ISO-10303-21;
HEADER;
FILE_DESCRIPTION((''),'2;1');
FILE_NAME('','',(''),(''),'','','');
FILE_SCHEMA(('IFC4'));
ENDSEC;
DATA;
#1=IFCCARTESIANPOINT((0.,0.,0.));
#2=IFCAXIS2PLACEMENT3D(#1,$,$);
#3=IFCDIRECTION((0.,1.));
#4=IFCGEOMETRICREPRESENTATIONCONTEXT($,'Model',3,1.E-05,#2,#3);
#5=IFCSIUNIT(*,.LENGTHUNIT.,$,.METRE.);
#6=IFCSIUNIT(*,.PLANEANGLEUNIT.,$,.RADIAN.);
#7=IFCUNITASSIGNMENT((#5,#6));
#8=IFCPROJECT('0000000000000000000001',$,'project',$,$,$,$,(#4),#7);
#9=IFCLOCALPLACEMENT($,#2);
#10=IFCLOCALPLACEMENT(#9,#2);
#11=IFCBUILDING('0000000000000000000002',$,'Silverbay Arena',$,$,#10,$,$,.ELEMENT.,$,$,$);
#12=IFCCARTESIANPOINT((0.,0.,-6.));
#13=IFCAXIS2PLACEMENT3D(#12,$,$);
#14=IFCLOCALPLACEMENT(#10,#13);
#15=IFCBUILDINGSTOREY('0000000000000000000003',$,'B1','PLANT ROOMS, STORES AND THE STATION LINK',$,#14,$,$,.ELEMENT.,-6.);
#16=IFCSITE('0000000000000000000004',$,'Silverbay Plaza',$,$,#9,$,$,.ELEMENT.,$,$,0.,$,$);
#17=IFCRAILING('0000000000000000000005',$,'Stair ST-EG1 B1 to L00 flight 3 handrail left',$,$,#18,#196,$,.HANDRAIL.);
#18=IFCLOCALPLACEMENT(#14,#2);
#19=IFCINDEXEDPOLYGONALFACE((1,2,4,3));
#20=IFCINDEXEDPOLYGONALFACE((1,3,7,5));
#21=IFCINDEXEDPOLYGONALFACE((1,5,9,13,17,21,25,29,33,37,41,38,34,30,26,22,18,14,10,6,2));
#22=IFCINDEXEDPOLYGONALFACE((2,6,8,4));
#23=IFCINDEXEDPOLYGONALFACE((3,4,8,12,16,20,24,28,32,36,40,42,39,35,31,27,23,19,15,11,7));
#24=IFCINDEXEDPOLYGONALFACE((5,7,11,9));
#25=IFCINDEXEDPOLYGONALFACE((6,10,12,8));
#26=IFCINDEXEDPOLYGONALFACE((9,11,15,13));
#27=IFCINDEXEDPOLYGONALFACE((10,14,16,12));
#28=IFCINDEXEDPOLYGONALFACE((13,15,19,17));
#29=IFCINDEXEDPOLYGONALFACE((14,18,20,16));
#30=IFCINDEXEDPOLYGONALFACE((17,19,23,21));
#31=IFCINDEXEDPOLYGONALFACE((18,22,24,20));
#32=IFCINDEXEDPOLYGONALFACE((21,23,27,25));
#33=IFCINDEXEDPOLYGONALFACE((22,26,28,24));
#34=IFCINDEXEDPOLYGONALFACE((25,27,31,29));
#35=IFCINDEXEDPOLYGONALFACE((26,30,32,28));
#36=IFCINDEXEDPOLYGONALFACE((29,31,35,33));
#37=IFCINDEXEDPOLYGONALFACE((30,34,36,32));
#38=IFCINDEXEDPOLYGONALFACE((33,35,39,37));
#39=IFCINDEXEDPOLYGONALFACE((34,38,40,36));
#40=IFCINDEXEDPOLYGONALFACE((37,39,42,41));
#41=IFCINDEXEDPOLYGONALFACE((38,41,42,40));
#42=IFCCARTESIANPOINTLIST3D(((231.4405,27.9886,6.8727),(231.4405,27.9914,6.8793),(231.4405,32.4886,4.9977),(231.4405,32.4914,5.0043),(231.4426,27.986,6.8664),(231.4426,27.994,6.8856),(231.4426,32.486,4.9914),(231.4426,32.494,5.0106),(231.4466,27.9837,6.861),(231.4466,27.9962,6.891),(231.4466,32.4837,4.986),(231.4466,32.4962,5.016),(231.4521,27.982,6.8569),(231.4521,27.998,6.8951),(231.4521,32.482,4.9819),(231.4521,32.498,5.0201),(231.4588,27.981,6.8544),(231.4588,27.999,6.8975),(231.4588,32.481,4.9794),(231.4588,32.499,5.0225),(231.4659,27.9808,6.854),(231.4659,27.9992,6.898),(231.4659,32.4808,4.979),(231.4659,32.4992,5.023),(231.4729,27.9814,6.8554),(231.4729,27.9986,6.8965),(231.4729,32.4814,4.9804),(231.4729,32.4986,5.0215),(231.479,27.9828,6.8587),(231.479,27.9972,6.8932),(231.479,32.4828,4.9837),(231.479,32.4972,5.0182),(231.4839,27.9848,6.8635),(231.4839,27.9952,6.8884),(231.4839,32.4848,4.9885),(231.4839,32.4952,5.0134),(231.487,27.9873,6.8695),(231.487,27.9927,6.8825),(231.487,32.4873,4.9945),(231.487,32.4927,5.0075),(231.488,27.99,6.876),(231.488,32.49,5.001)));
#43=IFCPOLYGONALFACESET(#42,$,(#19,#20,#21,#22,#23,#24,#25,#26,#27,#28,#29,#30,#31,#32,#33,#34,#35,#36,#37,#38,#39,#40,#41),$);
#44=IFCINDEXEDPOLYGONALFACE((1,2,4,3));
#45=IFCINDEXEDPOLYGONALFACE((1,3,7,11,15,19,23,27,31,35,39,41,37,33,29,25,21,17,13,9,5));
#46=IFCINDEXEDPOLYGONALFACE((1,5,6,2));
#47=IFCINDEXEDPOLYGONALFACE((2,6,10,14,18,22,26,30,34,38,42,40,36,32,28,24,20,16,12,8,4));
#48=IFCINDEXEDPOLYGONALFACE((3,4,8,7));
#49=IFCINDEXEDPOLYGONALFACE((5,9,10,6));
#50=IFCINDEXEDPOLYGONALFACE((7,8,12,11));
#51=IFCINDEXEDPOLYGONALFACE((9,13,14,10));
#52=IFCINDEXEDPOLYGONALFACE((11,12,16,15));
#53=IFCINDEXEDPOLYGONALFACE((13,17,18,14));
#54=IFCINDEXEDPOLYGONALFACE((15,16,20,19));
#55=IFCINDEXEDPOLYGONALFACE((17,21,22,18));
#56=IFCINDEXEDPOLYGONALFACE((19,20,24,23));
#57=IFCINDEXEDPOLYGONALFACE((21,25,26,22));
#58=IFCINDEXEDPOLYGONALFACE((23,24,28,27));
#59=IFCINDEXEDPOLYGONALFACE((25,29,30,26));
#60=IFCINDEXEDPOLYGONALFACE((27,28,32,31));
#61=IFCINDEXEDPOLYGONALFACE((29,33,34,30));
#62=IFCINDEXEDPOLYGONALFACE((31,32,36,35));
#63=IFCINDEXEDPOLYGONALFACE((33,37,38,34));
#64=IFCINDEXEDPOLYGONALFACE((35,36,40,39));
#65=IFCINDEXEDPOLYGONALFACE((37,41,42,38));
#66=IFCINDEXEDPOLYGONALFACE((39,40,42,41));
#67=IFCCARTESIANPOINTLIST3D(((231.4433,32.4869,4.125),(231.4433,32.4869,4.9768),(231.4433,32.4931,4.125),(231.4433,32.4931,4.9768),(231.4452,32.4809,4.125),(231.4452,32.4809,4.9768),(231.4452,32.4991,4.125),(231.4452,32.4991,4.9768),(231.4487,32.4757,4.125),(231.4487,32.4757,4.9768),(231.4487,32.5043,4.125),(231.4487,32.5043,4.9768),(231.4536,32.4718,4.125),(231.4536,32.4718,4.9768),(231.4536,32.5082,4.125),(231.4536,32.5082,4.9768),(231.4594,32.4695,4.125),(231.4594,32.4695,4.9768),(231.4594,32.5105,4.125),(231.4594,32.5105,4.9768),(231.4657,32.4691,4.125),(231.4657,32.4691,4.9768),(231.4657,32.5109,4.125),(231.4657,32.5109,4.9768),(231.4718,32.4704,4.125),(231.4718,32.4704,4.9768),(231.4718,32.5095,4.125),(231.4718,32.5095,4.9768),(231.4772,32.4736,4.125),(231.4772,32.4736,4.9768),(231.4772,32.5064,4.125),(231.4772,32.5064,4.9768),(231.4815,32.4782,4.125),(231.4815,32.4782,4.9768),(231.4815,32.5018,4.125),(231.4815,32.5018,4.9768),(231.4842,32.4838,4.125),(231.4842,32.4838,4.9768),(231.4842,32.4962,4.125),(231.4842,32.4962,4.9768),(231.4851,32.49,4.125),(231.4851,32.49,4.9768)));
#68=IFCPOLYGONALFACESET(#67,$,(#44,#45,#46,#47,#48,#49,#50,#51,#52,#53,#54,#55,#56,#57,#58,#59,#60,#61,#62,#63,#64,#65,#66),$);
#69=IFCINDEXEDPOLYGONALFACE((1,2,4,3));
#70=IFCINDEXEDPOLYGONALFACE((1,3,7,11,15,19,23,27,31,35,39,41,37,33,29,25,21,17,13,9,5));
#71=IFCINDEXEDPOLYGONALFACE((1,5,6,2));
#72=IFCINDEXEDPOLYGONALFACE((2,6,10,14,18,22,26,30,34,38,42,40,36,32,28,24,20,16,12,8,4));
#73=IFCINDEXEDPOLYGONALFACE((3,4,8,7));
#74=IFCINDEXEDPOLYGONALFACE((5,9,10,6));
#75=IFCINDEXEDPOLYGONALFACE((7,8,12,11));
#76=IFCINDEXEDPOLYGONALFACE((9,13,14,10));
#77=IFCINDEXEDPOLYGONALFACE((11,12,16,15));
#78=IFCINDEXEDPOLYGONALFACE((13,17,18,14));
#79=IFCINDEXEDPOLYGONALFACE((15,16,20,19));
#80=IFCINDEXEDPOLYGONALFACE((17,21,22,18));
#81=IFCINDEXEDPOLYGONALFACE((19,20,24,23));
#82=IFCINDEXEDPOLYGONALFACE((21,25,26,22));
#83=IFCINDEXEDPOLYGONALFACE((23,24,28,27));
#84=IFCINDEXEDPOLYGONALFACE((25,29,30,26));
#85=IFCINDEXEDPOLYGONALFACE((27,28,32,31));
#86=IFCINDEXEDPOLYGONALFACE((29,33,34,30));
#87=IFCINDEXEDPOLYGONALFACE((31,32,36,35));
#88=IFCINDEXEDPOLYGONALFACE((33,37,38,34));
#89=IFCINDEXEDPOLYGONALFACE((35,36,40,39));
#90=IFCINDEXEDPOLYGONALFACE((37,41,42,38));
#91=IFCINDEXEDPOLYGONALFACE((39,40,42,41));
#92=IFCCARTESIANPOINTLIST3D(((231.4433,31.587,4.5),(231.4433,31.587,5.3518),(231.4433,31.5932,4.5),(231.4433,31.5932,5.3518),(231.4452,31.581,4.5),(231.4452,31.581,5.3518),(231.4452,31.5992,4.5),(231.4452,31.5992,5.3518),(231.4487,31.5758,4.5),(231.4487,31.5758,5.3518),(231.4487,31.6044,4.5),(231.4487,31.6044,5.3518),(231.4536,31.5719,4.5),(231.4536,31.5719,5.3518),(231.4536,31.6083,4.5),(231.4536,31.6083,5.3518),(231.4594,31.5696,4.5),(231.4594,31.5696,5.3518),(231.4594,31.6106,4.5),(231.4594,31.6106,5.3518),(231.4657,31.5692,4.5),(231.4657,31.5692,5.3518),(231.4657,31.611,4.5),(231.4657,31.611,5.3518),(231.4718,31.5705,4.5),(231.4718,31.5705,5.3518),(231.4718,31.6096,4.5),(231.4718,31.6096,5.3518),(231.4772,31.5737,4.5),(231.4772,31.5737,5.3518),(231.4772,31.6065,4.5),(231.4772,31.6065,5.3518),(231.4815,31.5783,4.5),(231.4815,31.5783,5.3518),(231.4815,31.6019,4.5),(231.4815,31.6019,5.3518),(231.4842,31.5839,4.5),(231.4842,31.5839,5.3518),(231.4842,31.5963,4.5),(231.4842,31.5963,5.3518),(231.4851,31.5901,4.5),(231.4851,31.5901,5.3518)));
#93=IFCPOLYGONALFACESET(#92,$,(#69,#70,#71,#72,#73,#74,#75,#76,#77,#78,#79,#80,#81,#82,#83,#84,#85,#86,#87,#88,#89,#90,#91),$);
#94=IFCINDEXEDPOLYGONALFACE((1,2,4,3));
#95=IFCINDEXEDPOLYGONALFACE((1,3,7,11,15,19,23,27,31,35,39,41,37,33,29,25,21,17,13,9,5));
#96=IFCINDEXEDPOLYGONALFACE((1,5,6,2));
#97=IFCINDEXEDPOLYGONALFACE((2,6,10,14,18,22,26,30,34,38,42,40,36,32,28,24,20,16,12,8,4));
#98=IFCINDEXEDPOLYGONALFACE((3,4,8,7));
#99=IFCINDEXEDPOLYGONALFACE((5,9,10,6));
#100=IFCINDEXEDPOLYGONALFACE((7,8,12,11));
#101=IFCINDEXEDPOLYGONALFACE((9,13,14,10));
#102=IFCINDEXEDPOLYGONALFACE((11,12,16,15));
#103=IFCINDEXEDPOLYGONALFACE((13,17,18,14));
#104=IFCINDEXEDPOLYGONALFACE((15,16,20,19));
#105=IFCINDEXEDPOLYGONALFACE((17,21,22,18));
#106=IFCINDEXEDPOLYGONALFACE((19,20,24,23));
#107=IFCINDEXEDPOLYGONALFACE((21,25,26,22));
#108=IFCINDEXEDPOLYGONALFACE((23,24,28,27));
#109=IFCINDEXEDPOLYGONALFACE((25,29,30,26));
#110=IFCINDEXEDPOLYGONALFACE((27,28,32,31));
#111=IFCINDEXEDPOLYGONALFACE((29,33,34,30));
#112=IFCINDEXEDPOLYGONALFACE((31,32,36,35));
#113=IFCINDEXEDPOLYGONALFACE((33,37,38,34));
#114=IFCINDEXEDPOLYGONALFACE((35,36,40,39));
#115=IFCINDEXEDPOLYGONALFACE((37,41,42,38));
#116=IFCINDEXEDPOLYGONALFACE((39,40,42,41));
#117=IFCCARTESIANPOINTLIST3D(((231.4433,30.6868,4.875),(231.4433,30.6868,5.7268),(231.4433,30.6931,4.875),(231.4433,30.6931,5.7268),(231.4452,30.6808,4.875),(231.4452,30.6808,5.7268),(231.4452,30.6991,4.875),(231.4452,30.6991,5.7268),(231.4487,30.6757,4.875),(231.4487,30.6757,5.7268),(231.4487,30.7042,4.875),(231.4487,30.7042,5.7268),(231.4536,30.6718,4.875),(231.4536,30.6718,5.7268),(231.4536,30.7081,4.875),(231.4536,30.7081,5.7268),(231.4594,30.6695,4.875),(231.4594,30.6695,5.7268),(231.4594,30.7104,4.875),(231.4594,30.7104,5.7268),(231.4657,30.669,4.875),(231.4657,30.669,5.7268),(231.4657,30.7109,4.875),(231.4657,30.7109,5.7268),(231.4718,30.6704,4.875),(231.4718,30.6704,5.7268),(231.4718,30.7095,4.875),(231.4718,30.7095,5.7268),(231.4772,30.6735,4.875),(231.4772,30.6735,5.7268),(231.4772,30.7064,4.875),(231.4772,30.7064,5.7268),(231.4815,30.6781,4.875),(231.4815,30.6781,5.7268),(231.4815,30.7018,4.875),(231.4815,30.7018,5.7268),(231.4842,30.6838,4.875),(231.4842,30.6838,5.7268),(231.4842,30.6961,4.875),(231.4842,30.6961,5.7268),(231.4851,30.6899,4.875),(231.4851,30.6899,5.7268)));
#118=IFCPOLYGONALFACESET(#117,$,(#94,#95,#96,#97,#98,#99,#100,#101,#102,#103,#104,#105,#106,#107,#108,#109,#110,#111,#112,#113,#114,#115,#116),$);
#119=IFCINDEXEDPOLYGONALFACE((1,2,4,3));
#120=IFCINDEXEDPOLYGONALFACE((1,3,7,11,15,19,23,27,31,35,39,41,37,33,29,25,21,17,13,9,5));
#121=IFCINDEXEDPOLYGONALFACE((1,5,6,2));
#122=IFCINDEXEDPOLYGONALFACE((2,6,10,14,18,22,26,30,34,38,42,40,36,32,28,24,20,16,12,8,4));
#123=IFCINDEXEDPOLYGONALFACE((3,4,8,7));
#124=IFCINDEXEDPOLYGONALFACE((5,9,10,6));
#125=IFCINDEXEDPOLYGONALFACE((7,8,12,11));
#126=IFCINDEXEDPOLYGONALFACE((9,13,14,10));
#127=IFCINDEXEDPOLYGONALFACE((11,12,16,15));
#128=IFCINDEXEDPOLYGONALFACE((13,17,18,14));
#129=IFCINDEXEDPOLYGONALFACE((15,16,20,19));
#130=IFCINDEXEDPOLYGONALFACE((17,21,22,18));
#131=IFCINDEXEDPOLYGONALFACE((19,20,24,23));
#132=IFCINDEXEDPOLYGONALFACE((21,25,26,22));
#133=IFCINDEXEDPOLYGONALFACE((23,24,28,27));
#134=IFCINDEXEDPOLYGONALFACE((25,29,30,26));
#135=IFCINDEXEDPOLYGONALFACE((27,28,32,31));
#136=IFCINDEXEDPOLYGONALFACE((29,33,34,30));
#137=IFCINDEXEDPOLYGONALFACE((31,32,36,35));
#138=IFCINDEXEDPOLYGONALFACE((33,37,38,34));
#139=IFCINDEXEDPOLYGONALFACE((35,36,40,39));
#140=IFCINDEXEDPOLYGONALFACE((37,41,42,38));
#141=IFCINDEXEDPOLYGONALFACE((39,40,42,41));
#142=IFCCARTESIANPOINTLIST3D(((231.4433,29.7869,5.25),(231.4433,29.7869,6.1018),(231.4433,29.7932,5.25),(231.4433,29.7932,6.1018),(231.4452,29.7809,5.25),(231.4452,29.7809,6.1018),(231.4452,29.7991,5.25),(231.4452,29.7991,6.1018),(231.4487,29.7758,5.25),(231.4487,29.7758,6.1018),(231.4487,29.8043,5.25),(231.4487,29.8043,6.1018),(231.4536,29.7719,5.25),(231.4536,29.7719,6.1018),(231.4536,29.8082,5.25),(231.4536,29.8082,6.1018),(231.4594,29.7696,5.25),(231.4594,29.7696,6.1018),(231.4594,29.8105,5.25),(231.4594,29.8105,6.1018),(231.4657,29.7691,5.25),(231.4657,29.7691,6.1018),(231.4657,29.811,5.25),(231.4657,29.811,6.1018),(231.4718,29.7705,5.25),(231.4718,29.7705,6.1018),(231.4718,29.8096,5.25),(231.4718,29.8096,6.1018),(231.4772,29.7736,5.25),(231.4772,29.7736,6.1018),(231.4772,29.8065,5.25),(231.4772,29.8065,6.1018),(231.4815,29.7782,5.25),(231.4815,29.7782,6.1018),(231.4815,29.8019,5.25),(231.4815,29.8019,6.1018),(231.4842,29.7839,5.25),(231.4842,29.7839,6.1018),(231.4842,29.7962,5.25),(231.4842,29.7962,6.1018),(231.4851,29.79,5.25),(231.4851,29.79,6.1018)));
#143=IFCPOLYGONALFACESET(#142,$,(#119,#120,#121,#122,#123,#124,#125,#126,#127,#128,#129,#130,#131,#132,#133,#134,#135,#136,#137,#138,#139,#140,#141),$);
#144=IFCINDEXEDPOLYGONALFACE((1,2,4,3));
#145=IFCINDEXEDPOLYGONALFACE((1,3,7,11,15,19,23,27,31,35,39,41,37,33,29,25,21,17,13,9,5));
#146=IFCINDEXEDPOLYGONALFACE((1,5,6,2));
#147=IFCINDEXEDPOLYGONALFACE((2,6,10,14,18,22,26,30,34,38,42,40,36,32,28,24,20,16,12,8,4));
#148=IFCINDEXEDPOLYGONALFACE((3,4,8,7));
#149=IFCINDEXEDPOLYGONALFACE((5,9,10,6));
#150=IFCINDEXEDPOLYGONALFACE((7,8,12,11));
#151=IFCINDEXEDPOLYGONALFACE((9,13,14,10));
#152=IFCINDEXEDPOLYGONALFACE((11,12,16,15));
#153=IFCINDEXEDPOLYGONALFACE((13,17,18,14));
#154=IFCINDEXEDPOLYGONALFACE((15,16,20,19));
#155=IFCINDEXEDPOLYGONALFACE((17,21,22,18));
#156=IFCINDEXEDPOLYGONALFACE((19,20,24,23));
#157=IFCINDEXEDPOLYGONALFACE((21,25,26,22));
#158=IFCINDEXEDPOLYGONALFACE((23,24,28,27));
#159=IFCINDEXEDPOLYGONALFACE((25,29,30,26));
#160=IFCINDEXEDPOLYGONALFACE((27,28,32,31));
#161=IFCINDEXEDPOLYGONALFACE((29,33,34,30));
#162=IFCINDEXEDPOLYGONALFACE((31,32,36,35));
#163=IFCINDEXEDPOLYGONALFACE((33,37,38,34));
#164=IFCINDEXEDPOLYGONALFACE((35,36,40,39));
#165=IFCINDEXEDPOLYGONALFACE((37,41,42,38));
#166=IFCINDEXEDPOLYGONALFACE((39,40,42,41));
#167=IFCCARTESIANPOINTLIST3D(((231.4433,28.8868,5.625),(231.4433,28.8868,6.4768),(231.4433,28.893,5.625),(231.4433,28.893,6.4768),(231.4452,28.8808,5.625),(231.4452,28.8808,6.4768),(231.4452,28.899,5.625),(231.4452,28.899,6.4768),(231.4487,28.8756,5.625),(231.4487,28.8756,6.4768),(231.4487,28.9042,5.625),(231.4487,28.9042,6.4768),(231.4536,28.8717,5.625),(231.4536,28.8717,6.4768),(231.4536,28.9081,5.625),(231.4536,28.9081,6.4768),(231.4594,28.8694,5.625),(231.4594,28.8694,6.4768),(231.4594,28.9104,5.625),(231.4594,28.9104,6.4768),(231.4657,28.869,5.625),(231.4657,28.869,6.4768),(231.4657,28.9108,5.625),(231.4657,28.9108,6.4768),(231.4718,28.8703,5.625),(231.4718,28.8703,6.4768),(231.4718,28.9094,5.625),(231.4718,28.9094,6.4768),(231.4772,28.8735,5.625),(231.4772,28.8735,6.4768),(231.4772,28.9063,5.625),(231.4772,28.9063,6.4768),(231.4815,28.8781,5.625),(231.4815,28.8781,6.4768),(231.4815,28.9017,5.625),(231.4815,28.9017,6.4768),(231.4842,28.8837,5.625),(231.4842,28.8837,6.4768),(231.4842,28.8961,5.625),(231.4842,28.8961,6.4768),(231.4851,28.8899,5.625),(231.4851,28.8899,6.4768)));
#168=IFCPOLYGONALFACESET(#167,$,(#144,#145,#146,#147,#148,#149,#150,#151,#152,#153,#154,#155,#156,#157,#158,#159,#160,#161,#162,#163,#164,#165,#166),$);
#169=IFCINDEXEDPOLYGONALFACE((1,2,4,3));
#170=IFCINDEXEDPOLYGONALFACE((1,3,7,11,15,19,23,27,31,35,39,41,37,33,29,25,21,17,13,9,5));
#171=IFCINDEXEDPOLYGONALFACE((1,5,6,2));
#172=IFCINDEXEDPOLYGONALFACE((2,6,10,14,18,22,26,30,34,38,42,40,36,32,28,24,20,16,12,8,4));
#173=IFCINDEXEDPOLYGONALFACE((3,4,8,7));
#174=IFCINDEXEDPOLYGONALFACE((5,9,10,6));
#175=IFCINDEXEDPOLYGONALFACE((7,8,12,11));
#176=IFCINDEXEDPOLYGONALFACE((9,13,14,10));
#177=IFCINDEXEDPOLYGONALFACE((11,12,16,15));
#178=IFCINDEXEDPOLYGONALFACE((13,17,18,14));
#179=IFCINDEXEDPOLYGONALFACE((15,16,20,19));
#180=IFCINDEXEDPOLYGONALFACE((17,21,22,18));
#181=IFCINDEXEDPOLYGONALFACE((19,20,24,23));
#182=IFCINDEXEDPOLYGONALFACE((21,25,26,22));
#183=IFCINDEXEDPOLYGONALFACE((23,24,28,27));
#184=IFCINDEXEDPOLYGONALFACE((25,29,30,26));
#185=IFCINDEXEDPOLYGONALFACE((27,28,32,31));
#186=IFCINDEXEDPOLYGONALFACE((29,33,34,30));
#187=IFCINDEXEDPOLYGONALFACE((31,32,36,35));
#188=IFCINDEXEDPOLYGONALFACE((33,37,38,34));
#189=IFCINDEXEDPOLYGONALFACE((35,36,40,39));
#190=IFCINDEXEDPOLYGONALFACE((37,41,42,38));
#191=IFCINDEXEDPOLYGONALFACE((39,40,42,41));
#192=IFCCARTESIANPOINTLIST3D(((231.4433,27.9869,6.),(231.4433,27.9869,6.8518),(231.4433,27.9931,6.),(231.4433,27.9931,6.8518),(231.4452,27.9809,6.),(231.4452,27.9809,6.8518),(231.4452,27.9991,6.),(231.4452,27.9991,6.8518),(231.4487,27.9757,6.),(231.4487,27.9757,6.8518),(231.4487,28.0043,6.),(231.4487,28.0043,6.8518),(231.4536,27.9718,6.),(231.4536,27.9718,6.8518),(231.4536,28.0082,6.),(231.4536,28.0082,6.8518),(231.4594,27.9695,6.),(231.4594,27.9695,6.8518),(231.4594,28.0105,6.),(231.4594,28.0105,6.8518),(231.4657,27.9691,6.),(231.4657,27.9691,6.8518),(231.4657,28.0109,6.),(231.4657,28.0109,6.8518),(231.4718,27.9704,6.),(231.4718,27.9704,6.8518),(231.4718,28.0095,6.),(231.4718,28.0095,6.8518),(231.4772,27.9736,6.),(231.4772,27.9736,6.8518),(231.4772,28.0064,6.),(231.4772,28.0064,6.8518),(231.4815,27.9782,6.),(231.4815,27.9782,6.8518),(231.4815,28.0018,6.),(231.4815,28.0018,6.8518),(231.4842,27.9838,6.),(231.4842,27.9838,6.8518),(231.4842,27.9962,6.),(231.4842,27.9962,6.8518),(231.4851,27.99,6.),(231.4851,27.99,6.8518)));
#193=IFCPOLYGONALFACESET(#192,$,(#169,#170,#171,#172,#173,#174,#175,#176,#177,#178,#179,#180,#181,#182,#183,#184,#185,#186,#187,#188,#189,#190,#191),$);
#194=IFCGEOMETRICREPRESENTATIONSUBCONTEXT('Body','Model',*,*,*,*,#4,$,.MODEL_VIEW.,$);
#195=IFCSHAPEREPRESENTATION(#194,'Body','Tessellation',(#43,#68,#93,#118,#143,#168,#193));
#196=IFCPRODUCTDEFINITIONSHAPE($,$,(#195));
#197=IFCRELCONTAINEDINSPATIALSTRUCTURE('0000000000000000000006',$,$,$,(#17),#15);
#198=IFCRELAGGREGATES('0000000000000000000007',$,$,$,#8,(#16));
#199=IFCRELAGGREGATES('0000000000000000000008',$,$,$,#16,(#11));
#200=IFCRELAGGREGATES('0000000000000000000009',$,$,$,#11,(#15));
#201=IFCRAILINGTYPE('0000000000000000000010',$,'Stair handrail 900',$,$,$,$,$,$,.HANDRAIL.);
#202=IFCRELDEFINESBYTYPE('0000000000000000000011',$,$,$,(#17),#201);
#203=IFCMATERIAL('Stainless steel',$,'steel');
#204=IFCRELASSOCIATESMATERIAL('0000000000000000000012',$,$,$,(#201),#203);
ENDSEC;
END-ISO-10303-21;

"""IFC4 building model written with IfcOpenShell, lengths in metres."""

from ifc_helpers import new_model, si_unit, direction, frame, origin, origin_2d, place, context, subcontext, project, spatial, circle, extrude, material, type_object, element, save


model = new_model("IFC4")

# Units and contexts
model_context = context("Model", 3, precision=1e-05, world=origin(), true_north=direction((0.0, 1.0)))
body_context = subcontext(model_context, "Body", "Model", "MODEL_VIEW")
ifc_project = project(units=[si_unit("LENGTHUNIT", "METRE"), si_unit("PLANEANGLEUNIT", "RADIAN")], contexts=[model_context])

# Site, building, storey
site_placement = place(None, origin())
site = spatial("IfcSite", under=ifc_project, at=site_placement, Name="Silverbay Plaza", CompositionType="ELEMENT", RefElevation=0.0)
building_placement = place(site_placement, origin())
building = spatial("IfcBuilding", under=site, at=building_placement, Name="Silverbay Arena", CompositionType="ELEMENT")
storey_placement = place(building_placement, frame((0.0, 0.0, -6.0)))
storey = spatial("IfcBuildingStorey", under=building, at=storey_placement, Name="B1", Description="PLANT ROOMS, STORES AND THE STATION LINK", CompositionType="ELEMENT", Elevation=-6.0)

# Railing
ifc_material_1 = material(Name="Stainless steel", Category="steel")
railing_type_1 = type_object("IfcRailingType", Name="Stair handrail 900", PredefinedType="HANDRAIL", material=ifc_material_1)
railing_1_placement = place(storey_placement, frame((231.4641, 32.49, 4.125)))
element("IfcRailing", 1, at=railing_1_placement, inside=storey, type_object=railing_type_1, Name="Stair ST-EG1 B1 to L00 flight 3 handrail left", PredefinedType="HANDRAIL", context=body_context, shape_type="SweptSolid", body=[
    extrude(circle(Radius=0.0239, at=origin_2d()), frame((0.0, 0.0, 0.876), z_axis=(0.0, -0.923077, 0.384615), x_axis=(1.0, 0.0, 0.0)), (0.0, 0.0, 1.0), 4.875),
    extrude(circle(Radius=0.021, at=origin_2d()), origin(), (0.0, 0.0, 1.0), 0.8518),
    extrude(circle(Radius=0.021, at=origin_2d()), frame((0.0, -0.8999, 0.375)), (0.0, 0.0, 1.0), 0.8518),
    extrude(circle(Radius=0.021, at=origin_2d()), frame((0.0, -1.8, 0.75)), (0.0, 0.0, 1.0), 0.8518),
    extrude(circle(Radius=0.021, at=origin_2d()), frame((0.0, -2.7, 1.125)), (0.0, 0.0, 1.0), 0.8518),
    extrude(circle(Radius=0.021, at=origin_2d()), frame((0.0, -3.6001, 1.5)), (0.0, 0.0, 1.0), 0.8518),
    extrude(circle(Radius=0.021, at=origin_2d()), frame((0.0, -4.5, 1.875)), (0.0, 0.0, 1.0), 0.8518),
])

save(model, "model.ifc")
